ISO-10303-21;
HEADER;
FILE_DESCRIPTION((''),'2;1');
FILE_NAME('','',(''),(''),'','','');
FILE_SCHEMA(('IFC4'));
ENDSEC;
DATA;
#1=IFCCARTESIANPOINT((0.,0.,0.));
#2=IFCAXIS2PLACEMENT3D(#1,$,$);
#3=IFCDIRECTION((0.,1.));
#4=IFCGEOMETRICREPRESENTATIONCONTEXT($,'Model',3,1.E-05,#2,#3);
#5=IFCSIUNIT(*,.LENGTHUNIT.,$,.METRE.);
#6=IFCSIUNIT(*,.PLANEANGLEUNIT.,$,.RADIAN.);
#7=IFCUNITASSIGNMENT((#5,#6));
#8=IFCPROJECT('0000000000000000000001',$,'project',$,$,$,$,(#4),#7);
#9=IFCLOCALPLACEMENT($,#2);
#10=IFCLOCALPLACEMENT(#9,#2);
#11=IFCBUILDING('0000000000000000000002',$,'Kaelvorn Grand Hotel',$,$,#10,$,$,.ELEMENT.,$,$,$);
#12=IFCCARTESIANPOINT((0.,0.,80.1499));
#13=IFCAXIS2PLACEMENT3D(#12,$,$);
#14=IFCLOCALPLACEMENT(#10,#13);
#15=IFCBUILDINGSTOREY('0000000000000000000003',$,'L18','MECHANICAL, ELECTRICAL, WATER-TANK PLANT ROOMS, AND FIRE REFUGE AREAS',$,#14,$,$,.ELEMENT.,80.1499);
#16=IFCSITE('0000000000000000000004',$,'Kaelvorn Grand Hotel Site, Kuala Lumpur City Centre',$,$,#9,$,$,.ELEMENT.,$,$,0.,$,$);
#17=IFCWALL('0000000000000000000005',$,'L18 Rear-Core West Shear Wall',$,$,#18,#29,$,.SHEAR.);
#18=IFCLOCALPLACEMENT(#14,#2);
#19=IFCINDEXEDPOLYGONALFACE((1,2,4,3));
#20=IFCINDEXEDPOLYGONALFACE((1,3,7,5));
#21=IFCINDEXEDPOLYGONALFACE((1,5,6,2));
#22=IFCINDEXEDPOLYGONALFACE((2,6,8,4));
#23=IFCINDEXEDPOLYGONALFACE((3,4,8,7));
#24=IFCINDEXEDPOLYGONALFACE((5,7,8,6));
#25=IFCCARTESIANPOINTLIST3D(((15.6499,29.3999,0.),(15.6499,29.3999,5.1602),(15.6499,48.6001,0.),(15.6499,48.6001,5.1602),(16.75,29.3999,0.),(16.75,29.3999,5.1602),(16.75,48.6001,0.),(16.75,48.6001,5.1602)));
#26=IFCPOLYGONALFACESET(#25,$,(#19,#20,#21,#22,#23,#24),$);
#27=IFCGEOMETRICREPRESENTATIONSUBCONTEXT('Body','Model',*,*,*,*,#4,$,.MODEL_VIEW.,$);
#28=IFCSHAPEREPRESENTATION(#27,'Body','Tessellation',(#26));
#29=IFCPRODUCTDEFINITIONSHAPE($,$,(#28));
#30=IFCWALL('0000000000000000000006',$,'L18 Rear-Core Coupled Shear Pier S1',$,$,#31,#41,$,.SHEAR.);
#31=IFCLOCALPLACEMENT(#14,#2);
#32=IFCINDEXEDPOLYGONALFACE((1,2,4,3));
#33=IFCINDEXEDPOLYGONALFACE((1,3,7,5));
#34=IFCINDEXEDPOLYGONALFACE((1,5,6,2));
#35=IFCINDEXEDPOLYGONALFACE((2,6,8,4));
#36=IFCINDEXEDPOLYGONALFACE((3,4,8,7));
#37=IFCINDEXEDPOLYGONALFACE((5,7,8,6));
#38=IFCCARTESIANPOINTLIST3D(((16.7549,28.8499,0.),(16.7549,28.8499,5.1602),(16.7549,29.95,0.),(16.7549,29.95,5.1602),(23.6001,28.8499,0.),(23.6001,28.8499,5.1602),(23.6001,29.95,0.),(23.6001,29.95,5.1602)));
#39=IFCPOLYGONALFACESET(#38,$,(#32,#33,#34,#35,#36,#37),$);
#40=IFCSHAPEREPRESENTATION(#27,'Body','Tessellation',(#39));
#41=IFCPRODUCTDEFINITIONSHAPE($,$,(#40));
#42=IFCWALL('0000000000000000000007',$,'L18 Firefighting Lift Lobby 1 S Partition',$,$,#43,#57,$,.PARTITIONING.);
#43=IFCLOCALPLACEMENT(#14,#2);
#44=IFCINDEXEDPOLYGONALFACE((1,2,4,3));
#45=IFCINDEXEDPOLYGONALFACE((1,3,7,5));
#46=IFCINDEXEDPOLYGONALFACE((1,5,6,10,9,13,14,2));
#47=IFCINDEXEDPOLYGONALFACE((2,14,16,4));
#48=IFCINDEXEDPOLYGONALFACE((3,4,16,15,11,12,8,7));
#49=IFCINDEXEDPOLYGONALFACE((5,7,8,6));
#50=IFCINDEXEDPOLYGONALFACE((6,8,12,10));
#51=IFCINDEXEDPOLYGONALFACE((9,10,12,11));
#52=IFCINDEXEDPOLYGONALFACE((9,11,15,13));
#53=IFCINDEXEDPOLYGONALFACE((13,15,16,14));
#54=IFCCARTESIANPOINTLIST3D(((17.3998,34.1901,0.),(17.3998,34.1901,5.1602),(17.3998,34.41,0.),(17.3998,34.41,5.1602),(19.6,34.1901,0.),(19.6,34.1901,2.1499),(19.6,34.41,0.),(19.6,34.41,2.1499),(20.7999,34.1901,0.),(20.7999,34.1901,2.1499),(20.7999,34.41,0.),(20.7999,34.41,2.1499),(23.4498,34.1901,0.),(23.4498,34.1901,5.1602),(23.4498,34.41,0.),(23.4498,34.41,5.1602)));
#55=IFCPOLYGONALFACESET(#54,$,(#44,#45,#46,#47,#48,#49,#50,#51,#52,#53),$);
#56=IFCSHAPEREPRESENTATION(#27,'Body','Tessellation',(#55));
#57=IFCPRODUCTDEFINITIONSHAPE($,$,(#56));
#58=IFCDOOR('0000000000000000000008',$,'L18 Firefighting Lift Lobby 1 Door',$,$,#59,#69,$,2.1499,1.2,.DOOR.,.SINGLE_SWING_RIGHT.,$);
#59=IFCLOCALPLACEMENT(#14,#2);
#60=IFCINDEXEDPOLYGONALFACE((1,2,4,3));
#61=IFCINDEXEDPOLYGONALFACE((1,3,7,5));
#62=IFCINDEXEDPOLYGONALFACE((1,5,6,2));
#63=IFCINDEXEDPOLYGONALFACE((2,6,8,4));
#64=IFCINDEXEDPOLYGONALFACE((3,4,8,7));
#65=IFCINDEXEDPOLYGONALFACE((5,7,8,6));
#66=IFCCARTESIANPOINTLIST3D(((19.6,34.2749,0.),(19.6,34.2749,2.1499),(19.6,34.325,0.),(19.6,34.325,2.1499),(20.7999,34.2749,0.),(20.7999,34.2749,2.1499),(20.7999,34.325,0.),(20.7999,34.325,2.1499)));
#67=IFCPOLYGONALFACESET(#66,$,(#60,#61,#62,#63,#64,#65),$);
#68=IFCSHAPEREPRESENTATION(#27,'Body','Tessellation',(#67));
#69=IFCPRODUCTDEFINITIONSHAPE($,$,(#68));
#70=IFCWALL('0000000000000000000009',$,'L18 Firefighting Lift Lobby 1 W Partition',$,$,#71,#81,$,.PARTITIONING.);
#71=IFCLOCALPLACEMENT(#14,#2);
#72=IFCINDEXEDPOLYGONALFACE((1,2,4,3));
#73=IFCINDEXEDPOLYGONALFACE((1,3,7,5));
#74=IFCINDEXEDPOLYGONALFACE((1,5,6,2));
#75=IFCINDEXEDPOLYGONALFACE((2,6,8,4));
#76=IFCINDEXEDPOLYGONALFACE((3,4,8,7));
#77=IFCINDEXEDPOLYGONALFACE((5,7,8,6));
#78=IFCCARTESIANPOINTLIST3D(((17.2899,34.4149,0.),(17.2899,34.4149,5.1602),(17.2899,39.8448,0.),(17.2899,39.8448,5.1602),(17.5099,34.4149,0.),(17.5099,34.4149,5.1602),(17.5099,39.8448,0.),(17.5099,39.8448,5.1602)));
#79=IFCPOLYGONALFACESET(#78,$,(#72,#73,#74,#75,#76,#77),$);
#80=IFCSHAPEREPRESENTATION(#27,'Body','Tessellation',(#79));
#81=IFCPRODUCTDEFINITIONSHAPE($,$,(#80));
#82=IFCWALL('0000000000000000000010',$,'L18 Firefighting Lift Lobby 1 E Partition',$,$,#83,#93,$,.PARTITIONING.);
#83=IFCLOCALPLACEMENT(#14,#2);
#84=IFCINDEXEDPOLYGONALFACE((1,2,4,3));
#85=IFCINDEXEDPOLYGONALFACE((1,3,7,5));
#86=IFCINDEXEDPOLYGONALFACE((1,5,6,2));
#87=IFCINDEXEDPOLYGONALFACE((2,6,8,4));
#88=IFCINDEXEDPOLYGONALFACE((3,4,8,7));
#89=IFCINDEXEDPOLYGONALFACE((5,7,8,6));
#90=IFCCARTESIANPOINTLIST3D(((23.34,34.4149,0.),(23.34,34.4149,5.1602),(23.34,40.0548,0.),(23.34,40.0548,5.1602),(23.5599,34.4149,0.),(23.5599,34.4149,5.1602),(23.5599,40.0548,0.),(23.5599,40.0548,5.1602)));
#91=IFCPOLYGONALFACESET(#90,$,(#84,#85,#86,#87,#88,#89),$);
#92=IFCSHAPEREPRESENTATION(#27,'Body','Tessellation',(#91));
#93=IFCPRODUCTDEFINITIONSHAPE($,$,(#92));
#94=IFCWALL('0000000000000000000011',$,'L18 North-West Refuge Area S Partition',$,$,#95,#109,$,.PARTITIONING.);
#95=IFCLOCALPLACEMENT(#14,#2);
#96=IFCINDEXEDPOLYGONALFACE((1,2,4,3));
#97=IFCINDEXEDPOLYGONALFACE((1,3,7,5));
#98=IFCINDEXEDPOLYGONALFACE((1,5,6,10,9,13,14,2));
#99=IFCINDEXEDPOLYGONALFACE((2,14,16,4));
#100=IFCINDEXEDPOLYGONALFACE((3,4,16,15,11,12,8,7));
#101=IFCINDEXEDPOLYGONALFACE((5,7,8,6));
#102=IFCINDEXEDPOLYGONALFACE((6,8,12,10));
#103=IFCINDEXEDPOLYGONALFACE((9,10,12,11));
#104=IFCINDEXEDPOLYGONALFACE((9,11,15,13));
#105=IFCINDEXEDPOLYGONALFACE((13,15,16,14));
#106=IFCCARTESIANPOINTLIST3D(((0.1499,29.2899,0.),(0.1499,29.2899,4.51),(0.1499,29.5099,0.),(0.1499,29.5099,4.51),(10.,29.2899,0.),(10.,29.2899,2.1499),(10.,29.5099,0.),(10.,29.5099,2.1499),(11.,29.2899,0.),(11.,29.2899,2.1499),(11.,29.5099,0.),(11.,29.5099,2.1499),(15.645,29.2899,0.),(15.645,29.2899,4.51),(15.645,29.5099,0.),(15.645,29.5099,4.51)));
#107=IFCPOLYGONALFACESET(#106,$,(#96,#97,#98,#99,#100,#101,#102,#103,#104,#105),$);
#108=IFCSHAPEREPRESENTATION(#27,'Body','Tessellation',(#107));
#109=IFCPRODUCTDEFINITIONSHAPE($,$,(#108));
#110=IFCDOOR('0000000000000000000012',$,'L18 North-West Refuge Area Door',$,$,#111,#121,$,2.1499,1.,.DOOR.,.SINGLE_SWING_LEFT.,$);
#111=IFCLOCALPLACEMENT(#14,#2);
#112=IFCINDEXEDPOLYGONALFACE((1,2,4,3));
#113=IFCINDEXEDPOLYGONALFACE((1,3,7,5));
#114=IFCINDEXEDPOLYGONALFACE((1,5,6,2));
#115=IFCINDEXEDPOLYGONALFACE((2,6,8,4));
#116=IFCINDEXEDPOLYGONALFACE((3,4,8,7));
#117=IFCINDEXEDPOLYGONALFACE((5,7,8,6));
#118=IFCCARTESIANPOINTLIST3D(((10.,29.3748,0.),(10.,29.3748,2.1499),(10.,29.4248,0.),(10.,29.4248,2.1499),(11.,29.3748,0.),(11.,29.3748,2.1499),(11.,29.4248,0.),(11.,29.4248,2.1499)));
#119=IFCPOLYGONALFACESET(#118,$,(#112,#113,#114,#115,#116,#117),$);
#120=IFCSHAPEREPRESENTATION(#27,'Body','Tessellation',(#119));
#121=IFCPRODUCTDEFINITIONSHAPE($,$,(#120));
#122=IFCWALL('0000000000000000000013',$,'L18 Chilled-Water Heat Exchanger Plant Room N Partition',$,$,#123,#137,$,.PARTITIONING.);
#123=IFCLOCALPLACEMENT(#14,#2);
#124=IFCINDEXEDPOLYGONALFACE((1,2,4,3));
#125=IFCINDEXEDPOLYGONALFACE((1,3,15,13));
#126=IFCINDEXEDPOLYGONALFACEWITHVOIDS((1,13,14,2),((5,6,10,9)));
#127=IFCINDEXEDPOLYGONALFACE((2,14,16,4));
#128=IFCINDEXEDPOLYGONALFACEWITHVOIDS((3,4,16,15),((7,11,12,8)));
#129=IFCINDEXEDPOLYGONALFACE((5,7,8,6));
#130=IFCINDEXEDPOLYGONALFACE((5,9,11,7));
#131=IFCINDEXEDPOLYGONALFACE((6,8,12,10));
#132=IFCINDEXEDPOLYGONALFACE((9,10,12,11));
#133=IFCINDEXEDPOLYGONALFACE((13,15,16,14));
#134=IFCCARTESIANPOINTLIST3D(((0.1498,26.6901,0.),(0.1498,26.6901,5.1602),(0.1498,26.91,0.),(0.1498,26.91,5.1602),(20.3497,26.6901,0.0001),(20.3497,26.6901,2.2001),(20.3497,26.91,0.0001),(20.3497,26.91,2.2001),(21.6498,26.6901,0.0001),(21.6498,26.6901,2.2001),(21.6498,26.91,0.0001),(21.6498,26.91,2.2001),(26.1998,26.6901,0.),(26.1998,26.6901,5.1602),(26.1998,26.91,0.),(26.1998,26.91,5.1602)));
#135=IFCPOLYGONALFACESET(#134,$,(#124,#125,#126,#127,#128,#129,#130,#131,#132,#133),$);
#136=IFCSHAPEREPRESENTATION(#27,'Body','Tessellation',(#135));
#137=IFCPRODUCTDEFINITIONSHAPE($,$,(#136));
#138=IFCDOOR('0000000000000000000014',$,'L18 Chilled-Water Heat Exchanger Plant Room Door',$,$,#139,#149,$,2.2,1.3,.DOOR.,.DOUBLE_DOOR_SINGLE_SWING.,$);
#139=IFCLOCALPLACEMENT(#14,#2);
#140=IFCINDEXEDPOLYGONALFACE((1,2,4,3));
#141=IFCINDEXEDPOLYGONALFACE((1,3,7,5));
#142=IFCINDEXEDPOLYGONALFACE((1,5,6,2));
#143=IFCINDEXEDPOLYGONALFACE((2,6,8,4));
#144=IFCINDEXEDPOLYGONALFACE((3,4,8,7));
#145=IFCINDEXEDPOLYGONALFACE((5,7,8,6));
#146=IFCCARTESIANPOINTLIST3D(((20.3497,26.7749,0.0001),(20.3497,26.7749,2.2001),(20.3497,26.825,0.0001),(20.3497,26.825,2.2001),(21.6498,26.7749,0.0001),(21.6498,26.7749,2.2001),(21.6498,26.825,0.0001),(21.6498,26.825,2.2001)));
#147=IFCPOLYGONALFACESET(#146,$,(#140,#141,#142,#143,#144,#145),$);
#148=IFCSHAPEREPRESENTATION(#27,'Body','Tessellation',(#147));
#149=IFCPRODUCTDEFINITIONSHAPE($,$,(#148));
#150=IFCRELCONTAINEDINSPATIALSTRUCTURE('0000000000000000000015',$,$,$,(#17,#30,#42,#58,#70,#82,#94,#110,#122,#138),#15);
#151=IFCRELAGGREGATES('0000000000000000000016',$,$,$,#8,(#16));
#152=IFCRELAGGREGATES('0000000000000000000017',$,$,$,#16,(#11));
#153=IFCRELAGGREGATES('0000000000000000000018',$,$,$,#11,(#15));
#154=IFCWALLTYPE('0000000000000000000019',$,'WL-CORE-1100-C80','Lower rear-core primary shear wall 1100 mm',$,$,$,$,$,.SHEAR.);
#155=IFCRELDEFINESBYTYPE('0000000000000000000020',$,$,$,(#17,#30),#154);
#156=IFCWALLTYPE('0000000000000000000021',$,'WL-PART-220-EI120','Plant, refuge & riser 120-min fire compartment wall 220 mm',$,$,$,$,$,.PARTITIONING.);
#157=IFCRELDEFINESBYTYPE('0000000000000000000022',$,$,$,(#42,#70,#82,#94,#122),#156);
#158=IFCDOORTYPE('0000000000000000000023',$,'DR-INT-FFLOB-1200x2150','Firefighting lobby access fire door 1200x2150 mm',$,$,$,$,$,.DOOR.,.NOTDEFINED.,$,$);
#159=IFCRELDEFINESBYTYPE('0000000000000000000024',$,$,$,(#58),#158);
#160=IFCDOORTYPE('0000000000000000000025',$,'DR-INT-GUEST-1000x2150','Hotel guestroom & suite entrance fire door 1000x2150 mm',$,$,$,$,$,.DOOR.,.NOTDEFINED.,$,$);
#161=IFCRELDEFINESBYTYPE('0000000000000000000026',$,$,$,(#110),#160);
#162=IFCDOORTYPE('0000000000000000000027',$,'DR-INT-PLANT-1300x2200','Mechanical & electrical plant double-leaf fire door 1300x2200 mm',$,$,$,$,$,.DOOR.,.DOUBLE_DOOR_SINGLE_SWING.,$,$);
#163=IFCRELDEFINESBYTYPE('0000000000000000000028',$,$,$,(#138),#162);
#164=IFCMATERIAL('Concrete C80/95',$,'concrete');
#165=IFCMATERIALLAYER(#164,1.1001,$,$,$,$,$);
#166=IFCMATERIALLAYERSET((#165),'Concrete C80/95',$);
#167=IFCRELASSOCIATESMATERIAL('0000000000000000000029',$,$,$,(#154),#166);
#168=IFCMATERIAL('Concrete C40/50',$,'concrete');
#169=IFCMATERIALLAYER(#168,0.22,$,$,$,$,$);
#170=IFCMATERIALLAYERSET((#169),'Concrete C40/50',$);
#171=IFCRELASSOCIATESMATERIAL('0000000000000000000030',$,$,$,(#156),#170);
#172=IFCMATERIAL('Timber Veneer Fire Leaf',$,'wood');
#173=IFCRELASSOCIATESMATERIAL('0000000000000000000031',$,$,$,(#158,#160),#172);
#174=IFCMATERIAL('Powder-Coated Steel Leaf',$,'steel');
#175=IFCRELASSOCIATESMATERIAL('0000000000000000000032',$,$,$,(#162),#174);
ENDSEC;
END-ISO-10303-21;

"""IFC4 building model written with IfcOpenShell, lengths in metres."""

from ifc_helpers import new_model, si_unit, direction, frame, frame_2d, origin, place, context, subcontext, project, spatial, rectangle, extrude, material, layer, layer_set, type_object, element, fill, save


model = new_model("IFC4")

# Units and contexts
model_context = context("Model", 3, precision=1e-05, world=origin(), true_north=direction((0.0, 1.0)))
body_context = subcontext(model_context, "Body", "Model", "MODEL_VIEW")
ifc_project = project(units=[si_unit("LENGTHUNIT", "METRE"), si_unit("PLANEANGLEUNIT", "RADIAN")], contexts=[model_context])

# Site, building, storey
site_placement = place(None, origin())
site = spatial("IfcSite", under=ifc_project, at=site_placement, Name="Kaelvorn Grand Hotel Site, Kuala Lumpur City Centre", CompositionType="ELEMENT", RefElevation=0.0)
building_placement = place(site_placement, origin())
building = spatial("IfcBuilding", under=site, at=building_placement, Name="Kaelvorn Grand Hotel", CompositionType="ELEMENT")
storey_placement = place(building_placement, frame((0.0, 0.0, 80.1499)))
storey = spatial("IfcBuildingStorey", under=building, at=storey_placement, Name="L18", Description="MECHANICAL, ELECTRICAL, WATER-TANK PLANT ROOMS, AND FIRE REFUGE AREAS", CompositionType="ELEMENT", Elevation=80.1499)

# Shared definitions
ifc_material_1 = material(Name="Concrete C80/95", Category="concrete")

# Walls
ifc_layer_1 = layer(ifc_material_1, 1.1001)
ifc_layer_set_1 = layer_set([ifc_layer_1], Name="Concrete C80/95")
wall_type_1 = type_object("IfcWallType", Name="WL-CORE-1100-C80", Description="Lower rear-core primary shear wall 1100 mm", PredefinedType="SHEAR", material=ifc_layer_set_1)
wall_1_placement = place(storey_placement, frame((16.2, 29.3999, 0.0), z_axis=(0.0, 0.0, 1.0), x_axis=(0.0, 1.0, 0.0)))
element("IfcWall", 1, at=wall_1_placement, inside=storey, type_object=wall_type_1, Name="L18 Rear-Core West Shear Wall", PredefinedType="SHEAR", context=body_context, shape_type="SweptSolid", body=[
    extrude(rectangle(XDim=19.2002, YDim=1.1001, at=frame_2d((9.6001, 0.0))), origin(), (0.0, 0.0, 1.0), 5.1602),
])
wall_2_placement = place(storey_placement, frame((16.7549, 29.3999, 0.0), z_axis=(0.0, 0.0, 1.0), x_axis=(1.0, 0.0, 0.0)))
element("IfcWall", 2, at=wall_2_placement, inside=storey, type_object=wall_type_1, Name="L18 Rear-Core Coupled Shear Pier S1", PredefinedType="SHEAR", context=body_context, shape_type="SweptSolid", body=[
    extrude(rectangle(XDim=6.8452, YDim=1.1001, at=frame_2d((3.4226, 0.0))), origin(), (0.0, 0.0, 1.0), 5.1602),
])

# Wall, opening, door
ifc_material_2 = material(Name="Concrete C40/50", Category="concrete")
ifc_layer_2 = layer(ifc_material_2, 0.22)
ifc_layer_set_2 = layer_set([ifc_layer_2], Name="Concrete C40/50")
wall_type_2 = type_object("IfcWallType", Name="WL-PART-220-EI120", Description="Plant, refuge & riser 120-min fire compartment wall 220 mm", PredefinedType="PARTITIONING", material=ifc_layer_set_2)
wall_3_placement = place(storey_placement, frame((17.3999, 34.3, 0.0), z_axis=(0.0, 0.0, 1.0), x_axis=(1.0, 0.0, 0.0)))
wall_3 = element("IfcWall", 3, at=wall_3_placement, inside=storey, type_object=wall_type_2, Name="L18 Firefighting Lift Lobby 1 S Partition", PredefinedType="PARTITIONING", context=body_context, shape_type="SweptSolid", body=[
    extrude(rectangle(XDim=6.05, YDim=0.22, at=frame_2d((3.0249, 0.0))), origin(), (0.0, 0.0, 1.0), 5.1602),
])
opening_1_placement = place(wall_3_placement, frame((2.2, 0.0, 0.0)))
opening_1 = element("IfcOpeningElement", 4, at=opening_1_placement, cuts=wall_3, PredefinedType="OPENING", context=body_context, shape_type="SweptSolid", body=[
    extrude(rectangle(XDim=1.2, YDim=2.1499, at=frame_2d((0.6001, 1.075))), frame((0.0, 0.1201, 0.0), z_axis=(0.0, -1.0, 0.0), x_axis=(1.0, 0.0, 0.0)), (0.0, 0.0, 1.0), 0.24),
])
ifc_material_3 = material(Name="Timber Veneer Fire Leaf", Category="wood")
door_type_1 = type_object("IfcDoorType", Name="DR-INT-FFLOB-1200x2150", Description="Firefighting lobby access fire door 1200x2150 mm", OperationType="NOTDEFINED", PredefinedType="DOOR", material=ifc_material_3)
door_1_placement = place(opening_1_placement, origin())
door_1 = element("IfcDoor", 5, at=door_1_placement, inside=storey, type_object=door_type_1, Name="L18 Firefighting Lift Lobby 1 Door", OperationType="SINGLE_SWING_RIGHT", OverallHeight=2.1499, OverallWidth=1.2, PredefinedType="DOOR", context=body_context, shape_type="SweptSolid", body=[
    extrude(rectangle(XDim=1.2, YDim=2.1499, at=frame_2d((0.6001, 1.075))), frame((0.0, 0.0249, 0.0), z_axis=(0.0, -1.0, 0.0), x_axis=(1.0, 0.0, 0.0)), (0.0, 0.0, 1.0), 0.05),
])
fill(opening_1, door_1)

# Walls
wall_4_placement = place(storey_placement, frame((17.3999, 34.415, 0.0), z_axis=(0.0, 0.0, 1.0), x_axis=(0.0, 1.0, 0.0)))
element("IfcWall", 6, at=wall_4_placement, inside=storey, type_object=wall_type_2, Name="L18 Firefighting Lift Lobby 1 W Partition", PredefinedType="PARTITIONING", context=body_context, shape_type="SweptSolid", body=[
    extrude(rectangle(XDim=5.4299, YDim=0.22, at=frame_2d((2.7148, 0.0))), origin(), (0.0, 0.0, 1.0), 5.1602),
])
wall_5_placement = place(storey_placement, frame((23.45, 34.415, 0.0), z_axis=(0.0, 0.0, 1.0), x_axis=(0.0, 1.0, 0.0)))
element("IfcWall", 7, at=wall_5_placement, inside=storey, type_object=wall_type_2, Name="L18 Firefighting Lift Lobby 1 E Partition", PredefinedType="PARTITIONING", context=body_context, shape_type="SweptSolid", body=[
    extrude(rectangle(XDim=5.6399, YDim=0.22, at=frame_2d((2.8198, 0.0))), origin(), (0.0, 0.0, 1.0), 5.1602),
])

# Walls, openings, doors
wall_6_placement = place(storey_placement, frame((0.1499, 29.3999, 0.0), z_axis=(0.0, 0.0, 1.0), x_axis=(1.0, 0.0, 0.0)))
wall_6 = element("IfcWall", 8, at=wall_6_placement, inside=storey, type_object=wall_type_2, Name="L18 North-West Refuge Area S Partition", PredefinedType="PARTITIONING", context=body_context, shape_type="SweptSolid", body=[
    extrude(rectangle(XDim=15.4951, YDim=0.22, at=frame_2d((7.7476, 0.0))), origin(), (0.0, 0.0, 1.0), 4.51),
])
opening_2_placement = place(wall_6_placement, frame((9.8501, 0.0, 0.0)))
opening_2 = element("IfcOpeningElement", 9, at=opening_2_placement, cuts=wall_6, PredefinedType="OPENING", context=body_context, shape_type="SweptSolid", body=[
    extrude(rectangle(XDim=1.0, YDim=2.1499, at=frame_2d((0.5, 1.075))), frame((0.0, 0.1201, 0.0), z_axis=(0.0, -1.0, 0.0), x_axis=(1.0, 0.0, 0.0)), (0.0, 0.0, 1.0), 0.24),
])
door_type_2 = type_object("IfcDoorType", Name="DR-INT-GUEST-1000x2150", Description="Hotel guestroom & suite entrance fire door 1000x2150 mm", OperationType="NOTDEFINED", PredefinedType="DOOR", material=ifc_material_3)
door_2_placement = place(opening_2_placement, origin())
door_2 = element("IfcDoor", 10, at=door_2_placement, inside=storey, type_object=door_type_2, Name="L18 North-West Refuge Area Door", OperationType="SINGLE_SWING_LEFT", OverallHeight=2.1499, OverallWidth=1.0, PredefinedType="DOOR", context=body_context, shape_type="SweptSolid", body=[
    extrude(rectangle(XDim=1.0, YDim=2.1499, at=frame_2d((0.5, 1.075))), frame((0.0, 0.0249, 0.0), z_axis=(0.0, -1.0, 0.0), x_axis=(1.0, 0.0, 0.0)), (0.0, 0.0, 1.0), 0.05),
])
fill(opening_2, door_2)
wall_7_placement = place(storey_placement, frame((0.1499, 26.8, 0.0), z_axis=(0.0, 0.0, 1.0), x_axis=(1.0, 0.0, 0.0)))
wall_7 = element("IfcWall", 11, at=wall_7_placement, inside=storey, type_object=wall_type_2, Name="L18 Chilled-Water Heat Exchanger Plant Room N Partition", PredefinedType="PARTITIONING", context=body_context, shape_type="SweptSolid", body=[
    extrude(rectangle(XDim=26.05, YDim=0.22, at=frame_2d((13.0249, 0.0))), origin(), (0.0, 0.0, 1.0), 5.1602),
])
opening_3_placement = place(wall_7_placement, frame((20.2, 0.0, 0.0)))
opening_3 = element("IfcOpeningElement", 12, at=opening_3_placement, cuts=wall_7, PredefinedType="OPENING", context=body_context, shape_type="SweptSolid", body=[
    extrude(rectangle(XDim=1.3, YDim=2.2, at=frame_2d((0.6499, 1.1001))), frame((0.0, 0.1201, 0.0), z_axis=(0.0, -1.0, 0.0), x_axis=(1.0, 0.0, 0.0)), (0.0, 0.0, 1.0), 0.24),
])
ifc_material_4 = material(Name="Powder-Coated Steel Leaf", Category="steel")
door_type_3 = type_object("IfcDoorType", Name="DR-INT-PLANT-1300x2200", Description="Mechanical & electrical plant double-leaf fire door 1300x2200 mm", OperationType="DOUBLE_DOOR_SINGLE_SWING", PredefinedType="DOOR", material=ifc_material_4)
door_3_placement = place(opening_3_placement, origin())
door_3 = element("IfcDoor", 13, at=door_3_placement, inside=storey, type_object=door_type_3, Name="L18 Chilled-Water Heat Exchanger Plant Room Door", OperationType="DOUBLE_DOOR_SINGLE_SWING", OverallHeight=2.2, OverallWidth=1.3, PredefinedType="DOOR", context=body_context, shape_type="SweptSolid", body=[
    extrude(rectangle(XDim=1.3, YDim=2.2, at=frame_2d((0.6499, 1.1001))), frame((0.0, 0.0249, 0.0), z_axis=(0.0, -1.0, 0.0), x_axis=(1.0, 0.0, 0.0)), (0.0, 0.0, 1.0), 0.05),
])
fill(opening_3, door_3)

save(model, "model.ifc")
